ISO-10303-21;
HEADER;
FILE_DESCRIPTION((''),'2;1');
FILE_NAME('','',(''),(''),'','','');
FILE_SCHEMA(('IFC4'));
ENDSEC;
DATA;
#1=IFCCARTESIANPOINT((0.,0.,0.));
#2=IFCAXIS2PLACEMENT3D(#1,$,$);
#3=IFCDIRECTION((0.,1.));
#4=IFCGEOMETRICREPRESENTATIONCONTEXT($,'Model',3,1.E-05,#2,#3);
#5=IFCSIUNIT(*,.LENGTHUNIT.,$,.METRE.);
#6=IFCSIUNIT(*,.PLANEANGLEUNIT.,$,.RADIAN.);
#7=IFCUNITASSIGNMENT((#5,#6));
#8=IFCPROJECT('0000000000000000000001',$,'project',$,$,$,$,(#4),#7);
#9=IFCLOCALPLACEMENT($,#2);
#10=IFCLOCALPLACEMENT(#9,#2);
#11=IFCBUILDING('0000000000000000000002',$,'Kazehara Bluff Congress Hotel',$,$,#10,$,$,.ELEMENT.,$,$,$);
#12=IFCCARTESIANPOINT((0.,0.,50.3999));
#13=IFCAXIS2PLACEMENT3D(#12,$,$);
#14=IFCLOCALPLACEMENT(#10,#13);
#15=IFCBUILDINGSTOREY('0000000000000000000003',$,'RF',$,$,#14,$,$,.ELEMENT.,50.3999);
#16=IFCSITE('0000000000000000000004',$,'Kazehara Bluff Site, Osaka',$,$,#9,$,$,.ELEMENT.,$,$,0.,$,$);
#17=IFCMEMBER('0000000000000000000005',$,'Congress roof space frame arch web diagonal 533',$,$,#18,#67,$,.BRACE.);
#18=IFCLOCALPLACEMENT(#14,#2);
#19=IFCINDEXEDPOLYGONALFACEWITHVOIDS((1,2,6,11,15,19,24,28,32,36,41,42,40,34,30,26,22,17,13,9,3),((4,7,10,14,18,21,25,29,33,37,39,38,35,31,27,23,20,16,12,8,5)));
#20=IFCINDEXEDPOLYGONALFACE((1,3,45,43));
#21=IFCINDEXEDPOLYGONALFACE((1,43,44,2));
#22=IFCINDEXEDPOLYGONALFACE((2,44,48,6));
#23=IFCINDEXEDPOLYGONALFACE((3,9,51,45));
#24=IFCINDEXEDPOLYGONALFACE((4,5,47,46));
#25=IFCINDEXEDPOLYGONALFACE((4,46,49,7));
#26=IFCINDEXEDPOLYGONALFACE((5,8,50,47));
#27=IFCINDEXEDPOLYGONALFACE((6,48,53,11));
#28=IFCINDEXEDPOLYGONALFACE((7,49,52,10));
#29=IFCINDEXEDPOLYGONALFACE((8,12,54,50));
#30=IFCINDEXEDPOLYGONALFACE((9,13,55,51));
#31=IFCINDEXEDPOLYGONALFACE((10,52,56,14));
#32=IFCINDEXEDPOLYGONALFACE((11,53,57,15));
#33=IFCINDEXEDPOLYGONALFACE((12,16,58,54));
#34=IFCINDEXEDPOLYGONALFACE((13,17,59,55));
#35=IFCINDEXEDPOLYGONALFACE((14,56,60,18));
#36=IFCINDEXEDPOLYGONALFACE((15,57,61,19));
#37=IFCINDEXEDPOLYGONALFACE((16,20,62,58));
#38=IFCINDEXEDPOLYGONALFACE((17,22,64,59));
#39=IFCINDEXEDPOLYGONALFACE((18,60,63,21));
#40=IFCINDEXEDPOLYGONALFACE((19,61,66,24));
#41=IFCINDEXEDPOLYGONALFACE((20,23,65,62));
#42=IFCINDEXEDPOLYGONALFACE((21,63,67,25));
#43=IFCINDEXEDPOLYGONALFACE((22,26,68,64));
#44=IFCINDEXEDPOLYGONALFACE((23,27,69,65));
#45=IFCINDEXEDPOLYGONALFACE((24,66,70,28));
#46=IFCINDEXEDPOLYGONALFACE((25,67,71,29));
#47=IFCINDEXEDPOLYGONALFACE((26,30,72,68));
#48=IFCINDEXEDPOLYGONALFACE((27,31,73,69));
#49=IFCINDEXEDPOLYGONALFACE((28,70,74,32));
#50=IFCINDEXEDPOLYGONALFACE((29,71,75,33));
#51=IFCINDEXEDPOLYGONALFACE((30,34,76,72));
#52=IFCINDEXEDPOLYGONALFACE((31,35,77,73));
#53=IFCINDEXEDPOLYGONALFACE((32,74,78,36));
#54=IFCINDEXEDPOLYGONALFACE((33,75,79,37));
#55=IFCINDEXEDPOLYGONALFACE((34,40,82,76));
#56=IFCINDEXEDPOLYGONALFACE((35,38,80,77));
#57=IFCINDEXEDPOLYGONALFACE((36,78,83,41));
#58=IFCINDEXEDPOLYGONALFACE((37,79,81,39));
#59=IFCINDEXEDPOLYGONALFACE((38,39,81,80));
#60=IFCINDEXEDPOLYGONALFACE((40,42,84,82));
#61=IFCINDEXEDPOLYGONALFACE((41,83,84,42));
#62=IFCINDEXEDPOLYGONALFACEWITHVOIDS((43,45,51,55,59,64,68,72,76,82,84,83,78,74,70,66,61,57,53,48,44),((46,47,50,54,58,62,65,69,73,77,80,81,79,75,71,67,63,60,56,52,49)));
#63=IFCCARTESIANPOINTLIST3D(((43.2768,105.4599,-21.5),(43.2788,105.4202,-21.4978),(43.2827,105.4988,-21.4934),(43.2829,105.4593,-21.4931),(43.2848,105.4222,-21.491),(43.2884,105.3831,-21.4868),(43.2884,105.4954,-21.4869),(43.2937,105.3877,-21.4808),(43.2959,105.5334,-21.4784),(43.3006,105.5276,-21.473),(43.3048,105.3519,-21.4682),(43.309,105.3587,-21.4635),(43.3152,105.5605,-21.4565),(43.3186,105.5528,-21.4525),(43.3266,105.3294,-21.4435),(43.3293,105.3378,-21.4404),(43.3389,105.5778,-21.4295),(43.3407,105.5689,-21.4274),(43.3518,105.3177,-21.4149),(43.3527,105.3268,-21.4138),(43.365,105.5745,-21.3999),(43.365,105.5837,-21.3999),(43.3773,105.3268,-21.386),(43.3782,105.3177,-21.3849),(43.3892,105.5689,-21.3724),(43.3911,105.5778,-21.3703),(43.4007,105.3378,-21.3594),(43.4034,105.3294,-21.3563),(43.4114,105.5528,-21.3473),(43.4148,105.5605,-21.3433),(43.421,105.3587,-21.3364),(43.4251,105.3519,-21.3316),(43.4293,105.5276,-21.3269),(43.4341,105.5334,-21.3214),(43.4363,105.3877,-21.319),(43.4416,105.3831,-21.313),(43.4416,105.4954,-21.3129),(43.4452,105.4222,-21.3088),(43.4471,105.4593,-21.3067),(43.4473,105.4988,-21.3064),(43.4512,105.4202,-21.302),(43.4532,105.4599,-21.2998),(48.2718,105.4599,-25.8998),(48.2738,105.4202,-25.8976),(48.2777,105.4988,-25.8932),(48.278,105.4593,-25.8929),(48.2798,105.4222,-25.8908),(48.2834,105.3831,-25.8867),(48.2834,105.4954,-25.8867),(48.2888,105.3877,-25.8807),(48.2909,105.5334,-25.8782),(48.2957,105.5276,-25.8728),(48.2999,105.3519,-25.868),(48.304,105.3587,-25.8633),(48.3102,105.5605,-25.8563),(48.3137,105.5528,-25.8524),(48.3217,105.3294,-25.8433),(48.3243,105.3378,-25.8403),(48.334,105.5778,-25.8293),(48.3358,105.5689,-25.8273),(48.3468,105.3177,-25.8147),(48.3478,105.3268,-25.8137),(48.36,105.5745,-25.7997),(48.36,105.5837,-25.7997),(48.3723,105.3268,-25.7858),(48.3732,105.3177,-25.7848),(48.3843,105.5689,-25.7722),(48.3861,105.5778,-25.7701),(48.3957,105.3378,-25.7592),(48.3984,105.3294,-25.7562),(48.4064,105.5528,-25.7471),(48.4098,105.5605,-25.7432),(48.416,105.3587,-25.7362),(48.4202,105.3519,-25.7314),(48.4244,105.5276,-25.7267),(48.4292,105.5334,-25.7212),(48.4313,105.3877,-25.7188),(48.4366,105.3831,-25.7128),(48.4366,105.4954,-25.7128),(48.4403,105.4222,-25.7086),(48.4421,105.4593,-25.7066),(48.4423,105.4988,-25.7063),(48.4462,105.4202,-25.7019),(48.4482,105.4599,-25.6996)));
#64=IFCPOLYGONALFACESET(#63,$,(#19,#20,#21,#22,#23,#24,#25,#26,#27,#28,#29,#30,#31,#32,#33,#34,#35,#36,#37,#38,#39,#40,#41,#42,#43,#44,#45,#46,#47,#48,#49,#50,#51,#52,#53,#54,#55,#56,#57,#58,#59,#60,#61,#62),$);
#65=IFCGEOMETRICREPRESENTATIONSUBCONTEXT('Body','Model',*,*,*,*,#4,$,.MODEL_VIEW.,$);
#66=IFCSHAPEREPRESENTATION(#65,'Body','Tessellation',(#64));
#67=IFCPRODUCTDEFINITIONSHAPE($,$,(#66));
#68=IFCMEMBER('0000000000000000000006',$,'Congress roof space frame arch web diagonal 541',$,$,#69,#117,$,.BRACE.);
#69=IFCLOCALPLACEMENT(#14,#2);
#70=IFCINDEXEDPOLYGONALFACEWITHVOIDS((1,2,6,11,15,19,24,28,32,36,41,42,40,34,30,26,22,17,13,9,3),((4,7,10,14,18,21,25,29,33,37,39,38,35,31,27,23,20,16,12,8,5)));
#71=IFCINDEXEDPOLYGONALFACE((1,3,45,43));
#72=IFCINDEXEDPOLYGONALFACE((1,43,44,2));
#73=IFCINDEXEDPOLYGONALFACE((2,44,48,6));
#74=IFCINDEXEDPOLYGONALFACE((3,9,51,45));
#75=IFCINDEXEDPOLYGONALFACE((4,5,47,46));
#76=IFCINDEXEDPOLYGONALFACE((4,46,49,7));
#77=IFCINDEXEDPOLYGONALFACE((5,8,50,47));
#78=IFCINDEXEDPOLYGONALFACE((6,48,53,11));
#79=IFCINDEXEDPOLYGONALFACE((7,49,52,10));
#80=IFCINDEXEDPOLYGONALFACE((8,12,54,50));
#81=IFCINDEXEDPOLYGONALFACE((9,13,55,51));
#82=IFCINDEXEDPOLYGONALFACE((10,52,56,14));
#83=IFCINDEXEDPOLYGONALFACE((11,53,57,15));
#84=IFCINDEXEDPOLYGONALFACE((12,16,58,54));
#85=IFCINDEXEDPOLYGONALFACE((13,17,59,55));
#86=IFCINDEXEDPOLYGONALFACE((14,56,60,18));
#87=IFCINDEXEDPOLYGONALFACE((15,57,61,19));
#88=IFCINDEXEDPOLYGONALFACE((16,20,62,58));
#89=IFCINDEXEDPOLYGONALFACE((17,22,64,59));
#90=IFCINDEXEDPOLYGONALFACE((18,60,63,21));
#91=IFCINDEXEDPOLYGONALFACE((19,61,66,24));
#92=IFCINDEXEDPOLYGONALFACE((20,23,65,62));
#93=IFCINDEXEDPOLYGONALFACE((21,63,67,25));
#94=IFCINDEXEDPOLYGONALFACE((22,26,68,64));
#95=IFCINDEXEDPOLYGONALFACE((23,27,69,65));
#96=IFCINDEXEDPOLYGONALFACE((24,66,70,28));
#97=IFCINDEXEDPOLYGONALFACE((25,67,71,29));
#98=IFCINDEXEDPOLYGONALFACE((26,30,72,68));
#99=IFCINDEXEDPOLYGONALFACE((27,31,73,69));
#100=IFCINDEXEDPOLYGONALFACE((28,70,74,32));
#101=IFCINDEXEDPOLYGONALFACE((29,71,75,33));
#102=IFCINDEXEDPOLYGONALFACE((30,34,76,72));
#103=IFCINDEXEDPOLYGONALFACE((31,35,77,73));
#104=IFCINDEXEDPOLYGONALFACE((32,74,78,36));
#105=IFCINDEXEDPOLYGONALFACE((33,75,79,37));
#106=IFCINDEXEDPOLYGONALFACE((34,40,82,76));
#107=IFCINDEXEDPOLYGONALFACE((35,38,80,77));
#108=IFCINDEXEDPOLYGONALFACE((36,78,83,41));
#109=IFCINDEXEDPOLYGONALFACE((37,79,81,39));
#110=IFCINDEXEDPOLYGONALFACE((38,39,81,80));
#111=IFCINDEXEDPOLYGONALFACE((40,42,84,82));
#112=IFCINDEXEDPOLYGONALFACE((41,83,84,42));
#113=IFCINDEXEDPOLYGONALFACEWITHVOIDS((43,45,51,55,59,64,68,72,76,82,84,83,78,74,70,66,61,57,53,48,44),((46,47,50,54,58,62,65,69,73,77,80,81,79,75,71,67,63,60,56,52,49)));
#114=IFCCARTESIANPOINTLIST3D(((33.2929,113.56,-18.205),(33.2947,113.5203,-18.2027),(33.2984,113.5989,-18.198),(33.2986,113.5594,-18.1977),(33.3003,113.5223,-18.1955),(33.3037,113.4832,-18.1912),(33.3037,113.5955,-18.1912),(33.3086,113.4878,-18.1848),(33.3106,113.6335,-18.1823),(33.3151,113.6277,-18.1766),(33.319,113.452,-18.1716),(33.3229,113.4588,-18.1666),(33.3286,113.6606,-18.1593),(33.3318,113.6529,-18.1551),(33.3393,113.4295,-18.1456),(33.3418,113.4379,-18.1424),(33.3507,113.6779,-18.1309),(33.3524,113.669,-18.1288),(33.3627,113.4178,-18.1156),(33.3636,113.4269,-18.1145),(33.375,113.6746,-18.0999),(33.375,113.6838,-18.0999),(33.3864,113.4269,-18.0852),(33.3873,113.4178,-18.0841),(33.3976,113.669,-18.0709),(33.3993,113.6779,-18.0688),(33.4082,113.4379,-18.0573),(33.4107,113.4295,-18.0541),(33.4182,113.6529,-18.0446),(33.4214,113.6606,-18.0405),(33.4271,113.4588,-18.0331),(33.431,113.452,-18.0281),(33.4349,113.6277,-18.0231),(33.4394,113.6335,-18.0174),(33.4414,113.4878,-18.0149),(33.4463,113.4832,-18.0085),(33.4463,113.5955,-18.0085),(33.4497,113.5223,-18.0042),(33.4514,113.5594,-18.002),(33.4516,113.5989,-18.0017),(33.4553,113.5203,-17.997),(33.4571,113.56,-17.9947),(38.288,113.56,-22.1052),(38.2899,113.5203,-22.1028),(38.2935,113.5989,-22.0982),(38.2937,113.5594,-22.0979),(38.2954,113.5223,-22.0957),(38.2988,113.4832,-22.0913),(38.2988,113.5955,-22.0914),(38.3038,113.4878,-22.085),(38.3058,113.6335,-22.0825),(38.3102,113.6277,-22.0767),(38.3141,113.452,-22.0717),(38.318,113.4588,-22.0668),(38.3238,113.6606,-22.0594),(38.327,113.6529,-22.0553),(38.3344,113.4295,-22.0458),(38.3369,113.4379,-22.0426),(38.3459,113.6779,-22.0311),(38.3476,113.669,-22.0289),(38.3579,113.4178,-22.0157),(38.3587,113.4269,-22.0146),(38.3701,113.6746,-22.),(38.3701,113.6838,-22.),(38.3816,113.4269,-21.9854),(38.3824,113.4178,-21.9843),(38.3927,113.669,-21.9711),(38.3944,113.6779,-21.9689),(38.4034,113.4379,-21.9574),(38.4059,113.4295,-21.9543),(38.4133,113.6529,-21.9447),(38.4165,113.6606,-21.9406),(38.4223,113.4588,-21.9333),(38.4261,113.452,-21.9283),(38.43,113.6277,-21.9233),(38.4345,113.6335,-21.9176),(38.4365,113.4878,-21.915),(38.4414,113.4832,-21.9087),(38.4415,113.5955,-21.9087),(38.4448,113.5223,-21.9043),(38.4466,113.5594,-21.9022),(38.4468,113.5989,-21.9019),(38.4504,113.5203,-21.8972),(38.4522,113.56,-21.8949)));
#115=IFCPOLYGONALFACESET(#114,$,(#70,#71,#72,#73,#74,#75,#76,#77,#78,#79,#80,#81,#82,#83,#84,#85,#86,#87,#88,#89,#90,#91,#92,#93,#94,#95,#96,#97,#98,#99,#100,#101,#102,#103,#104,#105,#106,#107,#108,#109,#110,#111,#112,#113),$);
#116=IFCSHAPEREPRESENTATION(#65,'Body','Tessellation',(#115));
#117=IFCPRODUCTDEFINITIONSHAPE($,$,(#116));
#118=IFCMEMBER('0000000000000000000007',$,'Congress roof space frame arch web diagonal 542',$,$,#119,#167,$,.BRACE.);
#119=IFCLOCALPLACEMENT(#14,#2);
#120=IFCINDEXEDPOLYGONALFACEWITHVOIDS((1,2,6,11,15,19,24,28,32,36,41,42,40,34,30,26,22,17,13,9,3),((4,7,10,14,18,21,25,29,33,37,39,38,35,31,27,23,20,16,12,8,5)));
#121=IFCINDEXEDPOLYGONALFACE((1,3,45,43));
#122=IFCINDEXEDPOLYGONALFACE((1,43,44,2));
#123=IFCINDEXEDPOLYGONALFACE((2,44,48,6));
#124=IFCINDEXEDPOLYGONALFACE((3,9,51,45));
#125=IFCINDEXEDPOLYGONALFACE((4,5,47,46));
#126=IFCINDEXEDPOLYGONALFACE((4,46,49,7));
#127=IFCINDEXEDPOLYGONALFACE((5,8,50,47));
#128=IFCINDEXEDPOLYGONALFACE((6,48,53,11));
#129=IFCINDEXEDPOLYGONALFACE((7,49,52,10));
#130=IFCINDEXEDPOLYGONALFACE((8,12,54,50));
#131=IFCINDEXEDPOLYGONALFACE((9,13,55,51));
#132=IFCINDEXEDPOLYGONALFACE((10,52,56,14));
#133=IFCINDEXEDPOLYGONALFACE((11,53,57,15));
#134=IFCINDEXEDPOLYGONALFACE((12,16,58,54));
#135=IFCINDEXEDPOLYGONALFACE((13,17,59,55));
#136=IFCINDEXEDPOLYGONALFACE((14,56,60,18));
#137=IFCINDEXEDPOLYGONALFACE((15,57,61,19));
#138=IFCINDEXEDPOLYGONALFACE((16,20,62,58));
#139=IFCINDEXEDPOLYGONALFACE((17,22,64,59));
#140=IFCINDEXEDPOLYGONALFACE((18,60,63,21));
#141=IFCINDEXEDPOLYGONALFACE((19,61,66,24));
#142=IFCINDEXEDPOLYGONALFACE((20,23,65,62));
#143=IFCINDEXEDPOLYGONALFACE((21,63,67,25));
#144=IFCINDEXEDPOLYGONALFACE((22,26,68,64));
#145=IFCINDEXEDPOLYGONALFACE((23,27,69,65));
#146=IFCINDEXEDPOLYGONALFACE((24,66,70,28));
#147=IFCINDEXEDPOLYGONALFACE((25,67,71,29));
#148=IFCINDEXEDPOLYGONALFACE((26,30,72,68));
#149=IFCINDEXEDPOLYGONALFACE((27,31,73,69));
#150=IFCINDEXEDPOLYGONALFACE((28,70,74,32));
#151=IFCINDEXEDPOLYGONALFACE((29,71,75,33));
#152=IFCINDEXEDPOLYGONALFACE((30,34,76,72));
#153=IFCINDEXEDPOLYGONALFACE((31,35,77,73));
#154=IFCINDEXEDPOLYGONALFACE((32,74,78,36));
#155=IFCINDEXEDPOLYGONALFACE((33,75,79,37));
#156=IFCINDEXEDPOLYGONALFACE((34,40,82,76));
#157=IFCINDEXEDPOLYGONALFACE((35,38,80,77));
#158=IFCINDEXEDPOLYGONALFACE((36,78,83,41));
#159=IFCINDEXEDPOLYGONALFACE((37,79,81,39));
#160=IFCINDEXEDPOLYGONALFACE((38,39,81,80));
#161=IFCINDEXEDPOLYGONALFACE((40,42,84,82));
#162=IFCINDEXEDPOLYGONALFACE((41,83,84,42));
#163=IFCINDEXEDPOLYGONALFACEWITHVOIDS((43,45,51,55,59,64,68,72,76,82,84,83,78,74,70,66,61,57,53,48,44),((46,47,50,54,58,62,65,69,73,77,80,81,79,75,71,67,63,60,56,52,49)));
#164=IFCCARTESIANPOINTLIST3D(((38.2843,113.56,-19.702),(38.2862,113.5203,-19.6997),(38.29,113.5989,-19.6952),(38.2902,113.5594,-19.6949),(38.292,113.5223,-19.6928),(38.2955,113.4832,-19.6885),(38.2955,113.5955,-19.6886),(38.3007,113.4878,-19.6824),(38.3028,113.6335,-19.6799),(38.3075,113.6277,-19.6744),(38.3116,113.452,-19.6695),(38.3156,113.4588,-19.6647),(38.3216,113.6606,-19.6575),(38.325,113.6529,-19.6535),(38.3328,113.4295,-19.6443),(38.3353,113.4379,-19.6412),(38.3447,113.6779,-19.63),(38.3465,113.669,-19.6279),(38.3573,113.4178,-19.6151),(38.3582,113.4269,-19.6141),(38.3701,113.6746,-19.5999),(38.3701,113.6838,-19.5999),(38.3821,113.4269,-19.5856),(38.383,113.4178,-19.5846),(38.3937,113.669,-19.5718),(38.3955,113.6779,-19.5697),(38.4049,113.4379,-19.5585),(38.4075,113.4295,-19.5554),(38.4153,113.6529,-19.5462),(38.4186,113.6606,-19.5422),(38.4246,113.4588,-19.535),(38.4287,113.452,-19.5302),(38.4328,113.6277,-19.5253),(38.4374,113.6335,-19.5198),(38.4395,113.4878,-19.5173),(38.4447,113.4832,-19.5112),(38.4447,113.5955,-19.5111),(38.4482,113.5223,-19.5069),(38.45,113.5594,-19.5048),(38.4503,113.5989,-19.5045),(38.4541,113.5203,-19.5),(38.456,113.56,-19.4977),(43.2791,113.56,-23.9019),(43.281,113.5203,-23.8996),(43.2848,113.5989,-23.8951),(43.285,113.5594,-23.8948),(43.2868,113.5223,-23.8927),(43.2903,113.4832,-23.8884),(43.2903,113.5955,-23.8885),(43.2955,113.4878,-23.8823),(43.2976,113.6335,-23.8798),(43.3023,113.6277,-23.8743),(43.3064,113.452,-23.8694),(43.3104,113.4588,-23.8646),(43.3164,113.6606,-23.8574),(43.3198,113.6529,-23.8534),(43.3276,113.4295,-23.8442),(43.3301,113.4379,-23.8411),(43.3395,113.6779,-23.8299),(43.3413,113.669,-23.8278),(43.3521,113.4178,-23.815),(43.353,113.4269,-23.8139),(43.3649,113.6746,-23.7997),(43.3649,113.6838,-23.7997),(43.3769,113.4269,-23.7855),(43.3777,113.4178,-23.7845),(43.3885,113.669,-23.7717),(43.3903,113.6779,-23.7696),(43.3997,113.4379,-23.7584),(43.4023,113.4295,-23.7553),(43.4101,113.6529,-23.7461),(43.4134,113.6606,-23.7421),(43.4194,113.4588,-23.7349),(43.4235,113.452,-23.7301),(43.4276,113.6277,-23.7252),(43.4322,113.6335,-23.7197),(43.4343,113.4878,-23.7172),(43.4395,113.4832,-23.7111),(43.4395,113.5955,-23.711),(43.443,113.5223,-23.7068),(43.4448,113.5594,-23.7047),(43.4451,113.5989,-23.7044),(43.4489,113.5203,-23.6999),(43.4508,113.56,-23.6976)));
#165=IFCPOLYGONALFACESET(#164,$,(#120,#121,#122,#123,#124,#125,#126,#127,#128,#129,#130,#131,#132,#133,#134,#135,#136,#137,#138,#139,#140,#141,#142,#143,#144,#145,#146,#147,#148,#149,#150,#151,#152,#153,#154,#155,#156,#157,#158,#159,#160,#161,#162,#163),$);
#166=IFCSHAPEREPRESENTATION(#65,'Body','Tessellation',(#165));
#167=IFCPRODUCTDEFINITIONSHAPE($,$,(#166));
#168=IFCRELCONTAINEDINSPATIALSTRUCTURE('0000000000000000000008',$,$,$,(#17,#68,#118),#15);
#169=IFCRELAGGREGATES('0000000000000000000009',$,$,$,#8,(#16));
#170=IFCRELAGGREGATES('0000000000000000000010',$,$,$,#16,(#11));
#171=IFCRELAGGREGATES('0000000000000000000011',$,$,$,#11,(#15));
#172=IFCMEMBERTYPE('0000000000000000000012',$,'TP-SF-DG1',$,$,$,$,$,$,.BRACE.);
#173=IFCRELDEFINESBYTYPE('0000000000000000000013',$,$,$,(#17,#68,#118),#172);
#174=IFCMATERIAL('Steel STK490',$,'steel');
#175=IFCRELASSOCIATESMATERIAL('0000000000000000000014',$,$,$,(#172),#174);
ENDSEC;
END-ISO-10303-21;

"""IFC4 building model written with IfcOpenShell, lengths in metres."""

from ifc_helpers import new_model, si_unit, direction, frame, origin, origin_2d, place, context, subcontext, project, spatial, hollow_circle, extrude, material, material_profile, profile_set, type_object, element, save


model = new_model("IFC4")

# Units and contexts
model_context = context("Model", 3, precision=1e-05, world=origin(), true_north=direction((0.0, 1.0)))
body_context = subcontext(model_context, "Body", "Model", "MODEL_VIEW")
ifc_project = project(units=[si_unit("LENGTHUNIT", "METRE"), si_unit("PLANEANGLEUNIT", "RADIAN")], contexts=[model_context])

# Site, building, storey
site_placement = place(None, origin())
site = spatial("IfcSite", under=ifc_project, at=site_placement, Name="Kazehara Bluff Site, Osaka", CompositionType="ELEMENT", RefElevation=0.0)
building_placement = place(site_placement, origin())
building = spatial("IfcBuilding", under=site, at=building_placement, Name="Kazehara Bluff Congress Hotel", CompositionType="ELEMENT")
storey_placement = place(building_placement, frame((0.0, 0.0, 50.3999)))
storey = spatial("IfcBuildingStorey", under=building, at=storey_placement, Name="RF", CompositionType="ELEMENT", Elevation=50.3999)

# Members
ifc_material_1 = material(Name="Steel STK490", Category="steel")
ifc_material_profile_1 = material_profile(ifc_material_1, hollow_circle(Radius=0.1338, WallThickness=0.0093, at=origin_2d()))
ifc_profile_set_1 = profile_set([ifc_material_profile_1], Name="Steel STK490")
member_type_1 = type_object("IfcMemberType", Name="TP-SF-DG1", PredefinedType="BRACE", material=ifc_profile_set_1)
member_1_placement = place(storey_placement, frame((43.365, 105.45, -21.3999), z_axis=(0.750401, 0.0, -0.660983), x_axis=(0.0, 1.0, 0.0)))
element("IfcMember", 1, at=member_1_placement, inside=storey, type_object=member_type_1, Name="Congress roof space frame arch web diagonal 533", PredefinedType="BRACE", context=body_context, shape_type="SweptSolid", body=[
    extrude(hollow_circle(Radius=0.1338, WallThickness=0.0093, at=origin_2d()), origin(), (0.0, 0.0, 1.0), 6.6565),
])
member_2_placement = place(storey_placement, frame((33.375, 113.55, -18.0999), z_axis=(0.7882, 0.0, -0.61542), x_axis=(0.0, 1.0, 0.0)))
element("IfcMember", 2, at=member_2_placement, inside=storey, type_object=member_type_1, Name="Congress roof space frame arch web diagonal 541", PredefinedType="BRACE", context=body_context, shape_type="SweptSolid", body=[
    extrude(hollow_circle(Radius=0.1338, WallThickness=0.0093, at=origin_2d()), origin(), (0.0, 0.0, 1.0), 6.3374),
])
member_3_placement = place(storey_placement, frame((38.3701, 113.55, -19.5999), z_axis=(0.765383, 0.0, -0.643575), x_axis=(0.0, 1.0, 0.0)))
element("IfcMember", 3, at=member_3_placement, inside=storey, type_object=member_type_1, Name="Congress roof space frame arch web diagonal 542", PredefinedType="BRACE", context=body_context, shape_type="SweptSolid", body=[
    extrude(hollow_circle(Radius=0.1338, WallThickness=0.0093, at=origin_2d()), origin(), (0.0, 0.0, 1.0), 6.5259),
])

save(model, "model.ifc")
